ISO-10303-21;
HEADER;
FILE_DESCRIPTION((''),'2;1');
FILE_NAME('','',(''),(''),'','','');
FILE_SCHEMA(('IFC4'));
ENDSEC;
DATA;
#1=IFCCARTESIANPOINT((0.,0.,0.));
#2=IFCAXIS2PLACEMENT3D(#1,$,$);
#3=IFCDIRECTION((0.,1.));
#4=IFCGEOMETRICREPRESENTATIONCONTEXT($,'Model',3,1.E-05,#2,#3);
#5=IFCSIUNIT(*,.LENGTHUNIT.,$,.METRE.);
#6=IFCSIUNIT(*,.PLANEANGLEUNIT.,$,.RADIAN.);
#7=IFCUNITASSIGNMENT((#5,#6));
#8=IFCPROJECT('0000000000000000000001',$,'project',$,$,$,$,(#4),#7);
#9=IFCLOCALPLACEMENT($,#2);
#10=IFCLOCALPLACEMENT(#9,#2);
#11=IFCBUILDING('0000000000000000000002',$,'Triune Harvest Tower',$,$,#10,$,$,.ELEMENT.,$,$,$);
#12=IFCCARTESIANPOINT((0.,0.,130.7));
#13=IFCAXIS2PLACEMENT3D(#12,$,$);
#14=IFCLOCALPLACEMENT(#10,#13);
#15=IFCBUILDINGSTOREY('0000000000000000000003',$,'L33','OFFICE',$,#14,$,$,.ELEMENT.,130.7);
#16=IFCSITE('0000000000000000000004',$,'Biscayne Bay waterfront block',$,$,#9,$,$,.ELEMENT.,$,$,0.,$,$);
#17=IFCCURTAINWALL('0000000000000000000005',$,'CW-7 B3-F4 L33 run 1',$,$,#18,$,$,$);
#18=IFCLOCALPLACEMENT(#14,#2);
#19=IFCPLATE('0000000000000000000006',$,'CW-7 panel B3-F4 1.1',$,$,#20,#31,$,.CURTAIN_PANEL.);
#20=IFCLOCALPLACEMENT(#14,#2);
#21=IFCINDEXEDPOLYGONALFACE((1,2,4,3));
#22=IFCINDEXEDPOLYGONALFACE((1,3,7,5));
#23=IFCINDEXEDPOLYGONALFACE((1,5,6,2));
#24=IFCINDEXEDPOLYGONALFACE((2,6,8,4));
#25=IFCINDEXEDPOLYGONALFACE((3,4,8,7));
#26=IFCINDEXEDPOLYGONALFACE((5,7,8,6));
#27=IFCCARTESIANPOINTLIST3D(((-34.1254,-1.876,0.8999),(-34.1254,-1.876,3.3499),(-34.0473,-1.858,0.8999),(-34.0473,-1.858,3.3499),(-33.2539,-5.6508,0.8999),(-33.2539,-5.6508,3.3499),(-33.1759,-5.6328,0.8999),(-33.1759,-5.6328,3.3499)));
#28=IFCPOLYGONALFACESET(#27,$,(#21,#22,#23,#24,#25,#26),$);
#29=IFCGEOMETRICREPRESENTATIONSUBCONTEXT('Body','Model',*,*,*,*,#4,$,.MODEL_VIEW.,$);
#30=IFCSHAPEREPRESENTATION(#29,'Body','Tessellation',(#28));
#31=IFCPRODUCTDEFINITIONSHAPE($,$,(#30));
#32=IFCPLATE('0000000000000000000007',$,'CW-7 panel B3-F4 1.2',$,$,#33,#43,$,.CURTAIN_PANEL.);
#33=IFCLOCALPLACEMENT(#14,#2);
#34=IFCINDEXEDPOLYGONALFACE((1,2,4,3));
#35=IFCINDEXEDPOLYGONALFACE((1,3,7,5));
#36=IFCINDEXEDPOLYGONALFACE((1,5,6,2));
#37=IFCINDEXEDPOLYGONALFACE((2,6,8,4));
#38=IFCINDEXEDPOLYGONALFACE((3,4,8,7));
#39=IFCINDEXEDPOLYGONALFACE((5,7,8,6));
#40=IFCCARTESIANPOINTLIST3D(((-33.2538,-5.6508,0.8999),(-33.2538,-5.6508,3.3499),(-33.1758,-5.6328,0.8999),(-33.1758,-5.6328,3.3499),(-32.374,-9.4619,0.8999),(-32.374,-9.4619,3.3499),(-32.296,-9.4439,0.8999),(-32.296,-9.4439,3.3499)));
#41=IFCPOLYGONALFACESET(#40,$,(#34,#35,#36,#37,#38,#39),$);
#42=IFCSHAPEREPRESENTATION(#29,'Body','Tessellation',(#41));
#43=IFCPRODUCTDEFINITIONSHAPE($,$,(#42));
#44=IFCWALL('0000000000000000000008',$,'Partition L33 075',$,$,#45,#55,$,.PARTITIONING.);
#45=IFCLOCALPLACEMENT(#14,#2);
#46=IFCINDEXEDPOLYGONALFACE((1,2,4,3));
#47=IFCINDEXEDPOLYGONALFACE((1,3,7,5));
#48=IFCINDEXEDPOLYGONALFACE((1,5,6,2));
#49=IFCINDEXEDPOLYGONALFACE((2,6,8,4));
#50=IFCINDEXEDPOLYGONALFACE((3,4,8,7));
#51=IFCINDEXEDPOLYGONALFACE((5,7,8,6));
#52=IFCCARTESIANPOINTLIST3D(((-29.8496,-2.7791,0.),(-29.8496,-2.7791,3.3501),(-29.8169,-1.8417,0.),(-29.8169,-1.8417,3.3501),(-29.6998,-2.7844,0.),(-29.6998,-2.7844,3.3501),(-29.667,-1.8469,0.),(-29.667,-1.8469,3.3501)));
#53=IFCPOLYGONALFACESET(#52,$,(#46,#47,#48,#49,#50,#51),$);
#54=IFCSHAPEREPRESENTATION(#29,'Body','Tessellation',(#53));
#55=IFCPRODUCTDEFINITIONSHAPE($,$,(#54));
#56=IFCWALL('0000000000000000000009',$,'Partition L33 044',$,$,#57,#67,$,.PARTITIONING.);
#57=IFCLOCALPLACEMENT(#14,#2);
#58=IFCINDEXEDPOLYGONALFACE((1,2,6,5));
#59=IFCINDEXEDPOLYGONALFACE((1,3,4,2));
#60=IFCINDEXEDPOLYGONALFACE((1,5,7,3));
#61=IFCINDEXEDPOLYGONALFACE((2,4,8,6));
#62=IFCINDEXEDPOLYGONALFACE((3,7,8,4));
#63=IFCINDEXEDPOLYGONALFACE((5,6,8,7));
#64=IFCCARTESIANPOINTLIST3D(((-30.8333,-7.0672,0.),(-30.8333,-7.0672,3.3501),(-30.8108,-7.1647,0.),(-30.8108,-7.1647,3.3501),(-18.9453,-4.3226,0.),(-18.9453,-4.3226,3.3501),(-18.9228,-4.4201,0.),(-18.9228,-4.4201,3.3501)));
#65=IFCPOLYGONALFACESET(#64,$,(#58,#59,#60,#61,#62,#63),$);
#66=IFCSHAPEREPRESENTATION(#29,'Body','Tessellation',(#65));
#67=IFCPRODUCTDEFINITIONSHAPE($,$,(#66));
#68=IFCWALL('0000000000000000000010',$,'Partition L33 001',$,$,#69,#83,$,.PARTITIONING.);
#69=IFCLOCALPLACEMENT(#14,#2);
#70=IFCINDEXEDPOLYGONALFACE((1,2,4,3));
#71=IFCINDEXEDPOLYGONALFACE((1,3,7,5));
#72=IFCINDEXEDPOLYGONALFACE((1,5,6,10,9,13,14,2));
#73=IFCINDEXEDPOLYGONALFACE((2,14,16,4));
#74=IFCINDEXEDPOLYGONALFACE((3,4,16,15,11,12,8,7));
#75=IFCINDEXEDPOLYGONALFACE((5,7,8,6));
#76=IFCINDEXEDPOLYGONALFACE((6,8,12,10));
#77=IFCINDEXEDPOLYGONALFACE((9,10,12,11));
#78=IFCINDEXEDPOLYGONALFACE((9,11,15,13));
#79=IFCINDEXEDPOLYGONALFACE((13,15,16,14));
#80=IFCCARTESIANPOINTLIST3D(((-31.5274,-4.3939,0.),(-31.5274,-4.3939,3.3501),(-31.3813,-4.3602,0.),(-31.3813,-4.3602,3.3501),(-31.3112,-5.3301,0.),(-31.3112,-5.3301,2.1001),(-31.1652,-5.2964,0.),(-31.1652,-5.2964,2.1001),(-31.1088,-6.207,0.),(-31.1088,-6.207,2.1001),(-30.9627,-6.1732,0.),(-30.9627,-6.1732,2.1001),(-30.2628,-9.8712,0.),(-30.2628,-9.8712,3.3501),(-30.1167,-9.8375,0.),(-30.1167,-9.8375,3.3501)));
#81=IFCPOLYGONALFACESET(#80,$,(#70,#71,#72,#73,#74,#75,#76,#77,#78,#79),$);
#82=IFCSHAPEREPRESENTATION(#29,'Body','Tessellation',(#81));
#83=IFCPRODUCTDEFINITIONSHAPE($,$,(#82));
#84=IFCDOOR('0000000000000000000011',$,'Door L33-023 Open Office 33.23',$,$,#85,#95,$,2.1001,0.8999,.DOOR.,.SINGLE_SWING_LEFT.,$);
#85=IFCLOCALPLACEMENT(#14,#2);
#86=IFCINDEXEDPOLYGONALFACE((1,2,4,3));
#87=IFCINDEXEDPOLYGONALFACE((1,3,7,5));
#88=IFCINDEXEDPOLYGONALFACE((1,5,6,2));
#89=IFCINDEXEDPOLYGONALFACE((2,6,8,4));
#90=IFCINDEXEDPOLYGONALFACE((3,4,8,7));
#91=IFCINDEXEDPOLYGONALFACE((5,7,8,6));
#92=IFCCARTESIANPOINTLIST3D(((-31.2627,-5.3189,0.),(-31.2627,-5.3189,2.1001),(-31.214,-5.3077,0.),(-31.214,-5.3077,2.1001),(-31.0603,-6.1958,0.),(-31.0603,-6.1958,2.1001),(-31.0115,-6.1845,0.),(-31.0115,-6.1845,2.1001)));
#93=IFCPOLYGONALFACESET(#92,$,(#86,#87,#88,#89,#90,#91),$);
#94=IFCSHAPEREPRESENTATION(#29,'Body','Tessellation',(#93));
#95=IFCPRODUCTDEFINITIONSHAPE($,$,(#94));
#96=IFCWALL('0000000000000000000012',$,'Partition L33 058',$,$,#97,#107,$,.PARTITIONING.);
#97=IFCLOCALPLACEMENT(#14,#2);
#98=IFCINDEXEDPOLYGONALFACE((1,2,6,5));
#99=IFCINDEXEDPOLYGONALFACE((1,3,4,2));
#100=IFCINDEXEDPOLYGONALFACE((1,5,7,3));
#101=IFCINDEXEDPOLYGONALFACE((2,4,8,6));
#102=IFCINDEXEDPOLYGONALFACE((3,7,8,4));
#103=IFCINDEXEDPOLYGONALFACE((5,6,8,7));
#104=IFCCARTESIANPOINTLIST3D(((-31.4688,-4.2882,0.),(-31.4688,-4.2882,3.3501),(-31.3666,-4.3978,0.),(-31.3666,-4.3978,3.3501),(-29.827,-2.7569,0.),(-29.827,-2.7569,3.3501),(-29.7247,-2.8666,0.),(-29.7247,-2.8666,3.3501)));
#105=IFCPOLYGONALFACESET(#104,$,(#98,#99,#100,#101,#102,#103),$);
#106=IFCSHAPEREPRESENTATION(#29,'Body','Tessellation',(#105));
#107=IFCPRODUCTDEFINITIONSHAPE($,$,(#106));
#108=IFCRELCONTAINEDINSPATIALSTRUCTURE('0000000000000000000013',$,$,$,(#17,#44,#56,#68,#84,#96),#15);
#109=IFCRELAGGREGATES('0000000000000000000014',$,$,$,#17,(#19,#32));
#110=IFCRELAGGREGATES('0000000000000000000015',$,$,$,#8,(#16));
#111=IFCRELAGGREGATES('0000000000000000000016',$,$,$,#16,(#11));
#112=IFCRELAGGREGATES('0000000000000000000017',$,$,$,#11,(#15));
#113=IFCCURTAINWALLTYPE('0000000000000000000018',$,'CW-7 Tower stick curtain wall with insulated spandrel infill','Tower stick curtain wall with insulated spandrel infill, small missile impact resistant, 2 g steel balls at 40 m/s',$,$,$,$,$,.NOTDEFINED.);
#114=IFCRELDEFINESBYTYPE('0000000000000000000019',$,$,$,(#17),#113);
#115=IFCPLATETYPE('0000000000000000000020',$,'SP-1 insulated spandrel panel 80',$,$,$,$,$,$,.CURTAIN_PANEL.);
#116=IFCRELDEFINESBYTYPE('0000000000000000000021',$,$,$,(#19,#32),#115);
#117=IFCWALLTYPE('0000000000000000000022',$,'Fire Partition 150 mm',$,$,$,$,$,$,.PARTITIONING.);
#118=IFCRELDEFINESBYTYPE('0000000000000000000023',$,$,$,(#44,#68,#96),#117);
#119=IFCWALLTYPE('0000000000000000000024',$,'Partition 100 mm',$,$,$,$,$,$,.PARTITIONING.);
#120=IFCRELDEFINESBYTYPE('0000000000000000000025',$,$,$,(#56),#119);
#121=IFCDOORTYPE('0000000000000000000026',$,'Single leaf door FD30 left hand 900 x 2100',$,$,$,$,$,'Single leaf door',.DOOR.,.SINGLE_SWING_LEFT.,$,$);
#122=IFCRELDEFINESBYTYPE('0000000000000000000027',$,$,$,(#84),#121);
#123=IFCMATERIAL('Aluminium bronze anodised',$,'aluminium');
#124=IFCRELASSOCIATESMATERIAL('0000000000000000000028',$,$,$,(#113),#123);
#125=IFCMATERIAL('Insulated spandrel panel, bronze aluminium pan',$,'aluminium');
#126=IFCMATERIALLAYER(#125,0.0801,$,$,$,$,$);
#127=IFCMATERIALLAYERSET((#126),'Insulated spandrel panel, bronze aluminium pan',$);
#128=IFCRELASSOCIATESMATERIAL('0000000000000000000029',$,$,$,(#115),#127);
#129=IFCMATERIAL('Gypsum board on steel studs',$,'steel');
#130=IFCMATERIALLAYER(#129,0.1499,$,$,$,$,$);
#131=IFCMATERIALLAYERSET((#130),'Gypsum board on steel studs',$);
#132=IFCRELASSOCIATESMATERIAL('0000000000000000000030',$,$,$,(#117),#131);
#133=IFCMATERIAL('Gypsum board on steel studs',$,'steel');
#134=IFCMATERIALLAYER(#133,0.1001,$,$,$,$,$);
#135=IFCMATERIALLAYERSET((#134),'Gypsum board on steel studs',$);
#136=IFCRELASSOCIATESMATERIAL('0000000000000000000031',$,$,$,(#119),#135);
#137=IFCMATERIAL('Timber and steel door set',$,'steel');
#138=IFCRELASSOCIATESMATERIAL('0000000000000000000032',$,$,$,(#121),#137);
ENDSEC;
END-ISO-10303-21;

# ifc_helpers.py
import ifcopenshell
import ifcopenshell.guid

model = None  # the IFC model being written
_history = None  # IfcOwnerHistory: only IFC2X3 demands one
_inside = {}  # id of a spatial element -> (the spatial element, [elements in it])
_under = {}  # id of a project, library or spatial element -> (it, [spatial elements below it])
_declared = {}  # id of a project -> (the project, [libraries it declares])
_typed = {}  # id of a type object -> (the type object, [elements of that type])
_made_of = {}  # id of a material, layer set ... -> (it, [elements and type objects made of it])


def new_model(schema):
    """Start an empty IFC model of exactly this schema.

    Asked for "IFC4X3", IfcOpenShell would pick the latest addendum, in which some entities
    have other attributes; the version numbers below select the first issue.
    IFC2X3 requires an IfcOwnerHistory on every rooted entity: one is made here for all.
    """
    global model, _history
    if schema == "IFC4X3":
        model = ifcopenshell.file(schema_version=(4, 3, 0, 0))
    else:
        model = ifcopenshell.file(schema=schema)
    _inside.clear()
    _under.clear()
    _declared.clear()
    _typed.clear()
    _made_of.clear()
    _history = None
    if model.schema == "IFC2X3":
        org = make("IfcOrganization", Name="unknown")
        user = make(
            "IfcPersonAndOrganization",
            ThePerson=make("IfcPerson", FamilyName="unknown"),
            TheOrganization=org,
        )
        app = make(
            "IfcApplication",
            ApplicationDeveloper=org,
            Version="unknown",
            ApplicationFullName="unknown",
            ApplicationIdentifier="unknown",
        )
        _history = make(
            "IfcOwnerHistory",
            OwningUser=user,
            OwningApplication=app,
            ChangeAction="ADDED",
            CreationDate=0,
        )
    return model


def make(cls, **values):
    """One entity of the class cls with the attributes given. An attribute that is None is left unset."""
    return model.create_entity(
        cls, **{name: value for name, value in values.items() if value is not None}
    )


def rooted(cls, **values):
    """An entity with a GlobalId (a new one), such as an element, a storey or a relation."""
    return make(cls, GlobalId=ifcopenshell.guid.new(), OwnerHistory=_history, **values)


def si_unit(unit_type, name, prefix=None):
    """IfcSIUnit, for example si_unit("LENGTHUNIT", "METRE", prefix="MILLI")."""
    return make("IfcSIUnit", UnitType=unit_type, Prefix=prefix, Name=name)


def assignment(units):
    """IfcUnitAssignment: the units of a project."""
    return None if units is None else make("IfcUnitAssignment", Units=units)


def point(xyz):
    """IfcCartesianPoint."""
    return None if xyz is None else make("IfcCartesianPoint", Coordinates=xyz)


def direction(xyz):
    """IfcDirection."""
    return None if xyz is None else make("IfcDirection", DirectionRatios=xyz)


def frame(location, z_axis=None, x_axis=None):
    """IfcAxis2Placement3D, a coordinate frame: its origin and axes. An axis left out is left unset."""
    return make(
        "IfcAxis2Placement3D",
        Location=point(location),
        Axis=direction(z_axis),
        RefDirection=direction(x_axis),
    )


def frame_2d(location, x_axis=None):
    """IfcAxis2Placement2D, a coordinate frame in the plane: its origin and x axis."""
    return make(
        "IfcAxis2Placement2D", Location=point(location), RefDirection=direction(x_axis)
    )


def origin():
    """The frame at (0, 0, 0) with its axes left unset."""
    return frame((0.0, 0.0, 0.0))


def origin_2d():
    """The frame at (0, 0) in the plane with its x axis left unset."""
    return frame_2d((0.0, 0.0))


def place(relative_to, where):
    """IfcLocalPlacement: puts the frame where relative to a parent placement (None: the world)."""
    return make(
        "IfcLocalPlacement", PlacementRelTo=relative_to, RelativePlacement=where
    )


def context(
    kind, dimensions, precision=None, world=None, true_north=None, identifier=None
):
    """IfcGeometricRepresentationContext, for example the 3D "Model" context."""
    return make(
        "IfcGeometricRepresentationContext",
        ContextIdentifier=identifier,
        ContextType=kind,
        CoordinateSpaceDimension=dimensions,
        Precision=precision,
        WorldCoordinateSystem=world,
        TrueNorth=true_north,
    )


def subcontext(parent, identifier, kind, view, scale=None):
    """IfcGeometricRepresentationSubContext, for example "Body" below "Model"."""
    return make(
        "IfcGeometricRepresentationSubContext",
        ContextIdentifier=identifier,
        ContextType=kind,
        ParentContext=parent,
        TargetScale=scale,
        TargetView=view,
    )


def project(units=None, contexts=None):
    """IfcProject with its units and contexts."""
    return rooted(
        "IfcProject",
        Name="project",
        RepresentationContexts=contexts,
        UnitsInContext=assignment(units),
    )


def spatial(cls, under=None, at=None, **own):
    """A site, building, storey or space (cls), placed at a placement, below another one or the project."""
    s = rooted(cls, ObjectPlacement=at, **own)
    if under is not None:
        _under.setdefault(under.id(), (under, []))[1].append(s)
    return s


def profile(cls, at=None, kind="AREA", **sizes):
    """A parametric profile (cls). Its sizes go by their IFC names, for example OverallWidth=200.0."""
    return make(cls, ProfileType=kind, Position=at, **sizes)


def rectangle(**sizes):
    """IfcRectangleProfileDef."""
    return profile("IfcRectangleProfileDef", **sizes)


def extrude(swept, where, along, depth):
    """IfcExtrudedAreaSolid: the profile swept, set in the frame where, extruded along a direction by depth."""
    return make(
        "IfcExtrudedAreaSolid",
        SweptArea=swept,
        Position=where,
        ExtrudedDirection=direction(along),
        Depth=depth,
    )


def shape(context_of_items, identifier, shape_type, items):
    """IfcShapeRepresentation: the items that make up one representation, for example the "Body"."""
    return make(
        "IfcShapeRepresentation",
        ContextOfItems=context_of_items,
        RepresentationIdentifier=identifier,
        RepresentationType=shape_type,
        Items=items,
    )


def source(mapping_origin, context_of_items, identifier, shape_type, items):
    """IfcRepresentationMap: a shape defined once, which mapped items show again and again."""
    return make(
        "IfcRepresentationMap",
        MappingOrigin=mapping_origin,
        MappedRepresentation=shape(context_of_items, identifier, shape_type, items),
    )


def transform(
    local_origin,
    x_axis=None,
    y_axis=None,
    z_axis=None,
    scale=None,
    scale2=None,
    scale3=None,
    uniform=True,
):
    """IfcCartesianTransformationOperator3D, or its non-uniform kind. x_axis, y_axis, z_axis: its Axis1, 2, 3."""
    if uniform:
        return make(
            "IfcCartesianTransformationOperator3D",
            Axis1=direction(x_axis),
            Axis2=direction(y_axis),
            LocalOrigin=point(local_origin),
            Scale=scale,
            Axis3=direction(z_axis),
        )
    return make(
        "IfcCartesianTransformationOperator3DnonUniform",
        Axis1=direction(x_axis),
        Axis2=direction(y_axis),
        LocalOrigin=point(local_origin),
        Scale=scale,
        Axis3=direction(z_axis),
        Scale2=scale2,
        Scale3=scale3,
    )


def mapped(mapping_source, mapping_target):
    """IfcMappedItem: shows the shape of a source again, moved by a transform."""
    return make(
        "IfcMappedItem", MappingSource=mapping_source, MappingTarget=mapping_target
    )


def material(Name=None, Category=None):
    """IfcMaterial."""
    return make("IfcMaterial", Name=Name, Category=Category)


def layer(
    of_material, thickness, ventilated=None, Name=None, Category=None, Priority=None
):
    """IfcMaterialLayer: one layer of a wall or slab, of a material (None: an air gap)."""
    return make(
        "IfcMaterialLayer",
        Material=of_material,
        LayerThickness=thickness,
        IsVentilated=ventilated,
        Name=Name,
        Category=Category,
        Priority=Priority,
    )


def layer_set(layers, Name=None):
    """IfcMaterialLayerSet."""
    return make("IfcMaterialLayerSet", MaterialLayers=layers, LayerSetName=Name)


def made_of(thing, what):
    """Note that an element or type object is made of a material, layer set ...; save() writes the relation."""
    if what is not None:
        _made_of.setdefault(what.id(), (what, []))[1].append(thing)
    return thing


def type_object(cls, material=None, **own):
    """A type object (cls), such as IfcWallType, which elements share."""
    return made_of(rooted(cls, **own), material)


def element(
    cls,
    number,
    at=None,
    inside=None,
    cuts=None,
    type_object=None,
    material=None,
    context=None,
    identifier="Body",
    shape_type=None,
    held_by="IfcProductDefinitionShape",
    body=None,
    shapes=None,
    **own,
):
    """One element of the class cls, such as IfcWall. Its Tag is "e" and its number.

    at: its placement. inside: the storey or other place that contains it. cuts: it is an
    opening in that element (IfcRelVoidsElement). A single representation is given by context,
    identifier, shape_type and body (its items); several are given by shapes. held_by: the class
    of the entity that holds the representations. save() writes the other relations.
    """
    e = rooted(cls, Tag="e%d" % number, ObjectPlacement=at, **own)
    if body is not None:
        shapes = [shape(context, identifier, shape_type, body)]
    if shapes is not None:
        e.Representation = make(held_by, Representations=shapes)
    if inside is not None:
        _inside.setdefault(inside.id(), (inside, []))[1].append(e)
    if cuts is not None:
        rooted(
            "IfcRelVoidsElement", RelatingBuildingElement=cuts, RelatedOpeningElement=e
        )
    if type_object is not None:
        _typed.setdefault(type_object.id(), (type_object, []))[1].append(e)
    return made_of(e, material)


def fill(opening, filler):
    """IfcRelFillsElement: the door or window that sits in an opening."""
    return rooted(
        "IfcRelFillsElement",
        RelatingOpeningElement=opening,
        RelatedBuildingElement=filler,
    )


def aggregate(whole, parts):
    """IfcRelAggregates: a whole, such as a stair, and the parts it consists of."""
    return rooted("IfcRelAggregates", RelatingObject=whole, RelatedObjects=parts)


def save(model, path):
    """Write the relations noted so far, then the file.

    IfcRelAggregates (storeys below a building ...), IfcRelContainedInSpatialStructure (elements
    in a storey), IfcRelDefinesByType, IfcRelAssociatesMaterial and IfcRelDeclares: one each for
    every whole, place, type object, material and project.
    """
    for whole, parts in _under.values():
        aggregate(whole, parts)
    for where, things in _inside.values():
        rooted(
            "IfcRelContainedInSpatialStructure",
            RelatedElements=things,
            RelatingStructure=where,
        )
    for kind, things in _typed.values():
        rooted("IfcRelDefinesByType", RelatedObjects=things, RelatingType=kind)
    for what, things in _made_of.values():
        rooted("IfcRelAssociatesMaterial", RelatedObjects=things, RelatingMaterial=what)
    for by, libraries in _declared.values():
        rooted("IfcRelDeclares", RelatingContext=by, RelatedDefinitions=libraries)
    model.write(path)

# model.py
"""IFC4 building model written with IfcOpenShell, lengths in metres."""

from ifc_helpers import new_model, si_unit, direction, frame, frame_2d, origin, origin_2d, place, context, subcontext, project, spatial, rectangle, extrude, source, transform, mapped, material, layer, layer_set, type_object, element, fill, aggregate, save


model = new_model("IFC4")

# Units and contexts
model_context = context("Model", 3, precision=1e-05, world=origin(), true_north=direction((0.0, 1.0)))
body_context = subcontext(model_context, "Body", "Model", "MODEL_VIEW")
ifc_project = project(units=[si_unit("LENGTHUNIT", "METRE"), si_unit("PLANEANGLEUNIT", "RADIAN")], contexts=[model_context])

# Site, building, storey
site_placement = place(None, origin())
site = spatial("IfcSite", under=ifc_project, at=site_placement, Name="Biscayne Bay waterfront block", CompositionType="ELEMENT", RefElevation=0.0)
building_placement = place(site_placement, origin())
building = spatial("IfcBuilding", under=site, at=building_placement, Name="Triune Harvest Tower", CompositionType="ELEMENT")
storey_placement = place(building_placement, frame((0.0, 0.0, 130.7)))
storey = spatial("IfcBuildingStorey", under=building, at=storey_placement, Name="L33", Description="OFFICE", CompositionType="ELEMENT", Elevation=130.7)

# Curtain wall, plates
ifc_material_1 = material(Name="Aluminium bronze anodised", Category="aluminium")
curtain_wall_type = type_object("IfcCurtainWallType", Name="CW-7 Tower stick curtain wall with insulated spandrel infill", Description="Tower stick curtain wall with insulated spandrel infill, small missile impact resistant, 2 g steel balls at 40 m/s", PredefinedType="NOTDEFINED", material=ifc_material_1)
curtain_wall_placement = place(storey_placement, origin())
curtain_wall = element("IfcCurtainWall", 1, at=curtain_wall_placement, inside=storey, type_object=curtain_wall_type, Name="CW-7 B3-F4 L33 run 1")
ifc_material_2 = material(Name="Insulated spandrel panel, bronze aluminium pan", Category="aluminium")
ifc_layer_1 = layer(ifc_material_2, 0.0801)
ifc_layer_set_1 = layer_set([ifc_layer_1], Name="Insulated spandrel panel, bronze aluminium pan")
plate_type = type_object("IfcPlateType", Name="SP-1 insulated spandrel panel 80", PredefinedType="CURTAIN_PANEL", material=ifc_layer_set_1)
shared_shape_1 = source(origin(), body_context, "Body", "SweptSolid", [
    extrude(rectangle(XDim=3.874, YDim=0.0801, at=origin_2d()), origin(), (0.0, 0.0, 1.0), 2.45),
])
plate_1_placement = place(storey_placement, frame((-33.6506, -3.7544, 0.8999), z_axis=(0.0, 0.0, 1.0), x_axis=(0.224947, -0.974371, 0.0)))
plate_1 = element("IfcPlate", 2, at=plate_1_placement, type_object=plate_type, Name="CW-7 panel B3-F4 1.1", PredefinedType="CURTAIN_PANEL", context=body_context, shape_type="MappedRepresentation", body=[
    mapped(shared_shape_1, transform((0.0, 0.0, 0.0), scale=1.0)),
])
shared_shape_2 = source(origin(), body_context, "Body", "SweptSolid", [
    extrude(rectangle(XDim=3.9114, YDim=0.0801, at=origin_2d()), origin(), (0.0, 0.0, 1.0), 2.45),
])
plate_2_placement = place(storey_placement, frame((-32.7749, -7.5474, 0.8999), z_axis=(0.0, 0.0, 1.0), x_axis=(0.224947, -0.974371, 0.0)))
plate_2 = element("IfcPlate", 3, at=plate_2_placement, type_object=plate_type, Name="CW-7 panel B3-F4 1.2", PredefinedType="CURTAIN_PANEL", context=body_context, shape_type="MappedRepresentation", body=[
    mapped(shared_shape_2, transform((0.0, 0.0, 0.0), scale=1.0)),
])
aggregate(curtain_wall, [plate_1, plate_2])

# Walls
ifc_material_3 = material(Name="Gypsum board on steel studs", Category="steel")
ifc_layer_2 = layer(ifc_material_3, 0.1499)
ifc_layer_set_2 = layer_set([ifc_layer_2], Name="Gypsum board on steel studs")
wall_type_1 = type_object("IfcWallType", Name="Fire Partition 150 mm", PredefinedType="PARTITIONING", material=ifc_layer_set_2)
wall_1_placement = place(storey_placement, frame((-29.7747, -2.7817, 0.0), z_axis=(0.0, 0.0, 1.0), x_axis=(0.034875, 0.999392, 0.0)))
element("IfcWall", 4, at=wall_1_placement, inside=storey, type_object=wall_type_1, Name="Partition L33 075", PredefinedType="PARTITIONING", context=body_context, shape_type="SweptSolid", body=[
    extrude(rectangle(XDim=0.938, YDim=0.1499, at=frame_2d((0.469, 0.0))), origin(), (0.0, 0.0, 1.0), 3.3501),
])
ifc_material_4 = material(Name="Gypsum board on steel studs", Category="steel")
ifc_layer_3 = layer(ifc_material_4, 0.1001)
ifc_layer_set_3 = layer_set([ifc_layer_3], Name="Gypsum board on steel studs")
wall_type_2 = type_object("IfcWallType", Name="Partition 100 mm", PredefinedType="PARTITIONING", material=ifc_layer_set_3)
wall_2_placement = place(storey_placement, frame((-30.822, -7.116, 0.0), z_axis=(0.0, 0.0, 1.0), x_axis=(0.974369, 0.224957, 0.0)))
element("IfcWall", 5, at=wall_2_placement, inside=storey, type_object=wall_type_2, Name="Partition L33 044", PredefinedType="PARTITIONING", context=body_context, shape_type="SweptSolid", body=[
    extrude(rectangle(XDim=12.2007, YDim=0.1001, at=frame_2d((6.1003, 0.0))), origin(), (0.0, 0.0, 1.0), 3.3501),
])

# Wall, opening, door
shared_shape_3 = source(origin(), body_context, "Body", "SweptSolid", [
    extrude(rectangle(XDim=5.6213, YDim=0.1499, at=frame_2d((2.8105, 0.0))), origin(), (0.0, 0.0, 1.0), 3.3501),
])
wall_3_placement = place(storey_placement, frame((-31.4543, -4.3772, 0.0), z_axis=(0.0, 0.0, 1.0), x_axis=(0.224971, -0.974366, 0.0)))
wall_3 = element("IfcWall", 6, at=wall_3_placement, inside=storey, type_object=wall_type_1, Name="Partition L33 001", PredefinedType="PARTITIONING", context=body_context, shape_type="MappedRepresentation", body=[
    mapped(shared_shape_3, transform((0.0, 0.0, 0.0), scale=1.0)),
])
opening_placement = place(wall_3_placement, frame((0.9607, 0.0, 0.0)))
opening = element("IfcOpeningElement", 7, at=opening_placement, cuts=wall_3, PredefinedType="OPENING", context=body_context, shape_type="SweptSolid", body=[
    extrude(rectangle(XDim=0.8999, YDim=2.1001, at=frame_2d((0.45, 1.05))), frame((0.0, 0.085, 0.0), z_axis=(0.0, -1.0, 0.0), x_axis=(1.0, 0.0, 0.0)), (0.0, 0.0, 1.0), 0.1699),
])
ifc_material_5 = material(Name="Timber and steel door set", Category="steel")
door_type = type_object("IfcDoorType", Name="Single leaf door FD30 left hand 900 x 2100", ElementType="Single leaf door", OperationType="SINGLE_SWING_LEFT", PredefinedType="DOOR", material=ifc_material_5)
door_placement = place(opening_placement, origin())
door = element("IfcDoor", 8, at=door_placement, inside=storey, type_object=door_type, Name="Door L33-023 Open Office 33.23", OperationType="SINGLE_SWING_LEFT", OverallHeight=2.1001, OverallWidth=0.8999, PredefinedType="DOOR", context=body_context, shape_type="SweptSolid", body=[
    extrude(rectangle(XDim=0.8999, YDim=2.1001, at=frame_2d((0.45, 1.05))), frame((0.0, 0.0249, 0.0), z_axis=(0.0, -1.0, 0.0), x_axis=(1.0, 0.0, 0.0)), (0.0, 0.0, 1.0), 0.05),
])
fill(opening, door)

# Wall
shared_shape_4 = source(origin(), body_context, "Body", "SweptSolid", [
    extrude(rectangle(XDim=2.2451, YDim=0.1499, at=frame_2d((1.1226, 0.0))), origin(), (0.0, 0.0, 1.0), 3.3501),
])
wall_4_placement = place(storey_placement, frame((-31.4177, -4.343, 0.0), z_axis=(0.0, 0.0, 1.0), x_axis=(0.731308, 0.682047, 0.0)))
element("IfcWall", 9, at=wall_4_placement, inside=storey, type_object=wall_type_1, Name="Partition L33 058", PredefinedType="PARTITIONING", context=body_context, shape_type="MappedRepresentation", body=[
    mapped(shared_shape_4, transform((0.0, 0.0, 0.0), scale=1.0)),
])

save(model, "model.ifc")
